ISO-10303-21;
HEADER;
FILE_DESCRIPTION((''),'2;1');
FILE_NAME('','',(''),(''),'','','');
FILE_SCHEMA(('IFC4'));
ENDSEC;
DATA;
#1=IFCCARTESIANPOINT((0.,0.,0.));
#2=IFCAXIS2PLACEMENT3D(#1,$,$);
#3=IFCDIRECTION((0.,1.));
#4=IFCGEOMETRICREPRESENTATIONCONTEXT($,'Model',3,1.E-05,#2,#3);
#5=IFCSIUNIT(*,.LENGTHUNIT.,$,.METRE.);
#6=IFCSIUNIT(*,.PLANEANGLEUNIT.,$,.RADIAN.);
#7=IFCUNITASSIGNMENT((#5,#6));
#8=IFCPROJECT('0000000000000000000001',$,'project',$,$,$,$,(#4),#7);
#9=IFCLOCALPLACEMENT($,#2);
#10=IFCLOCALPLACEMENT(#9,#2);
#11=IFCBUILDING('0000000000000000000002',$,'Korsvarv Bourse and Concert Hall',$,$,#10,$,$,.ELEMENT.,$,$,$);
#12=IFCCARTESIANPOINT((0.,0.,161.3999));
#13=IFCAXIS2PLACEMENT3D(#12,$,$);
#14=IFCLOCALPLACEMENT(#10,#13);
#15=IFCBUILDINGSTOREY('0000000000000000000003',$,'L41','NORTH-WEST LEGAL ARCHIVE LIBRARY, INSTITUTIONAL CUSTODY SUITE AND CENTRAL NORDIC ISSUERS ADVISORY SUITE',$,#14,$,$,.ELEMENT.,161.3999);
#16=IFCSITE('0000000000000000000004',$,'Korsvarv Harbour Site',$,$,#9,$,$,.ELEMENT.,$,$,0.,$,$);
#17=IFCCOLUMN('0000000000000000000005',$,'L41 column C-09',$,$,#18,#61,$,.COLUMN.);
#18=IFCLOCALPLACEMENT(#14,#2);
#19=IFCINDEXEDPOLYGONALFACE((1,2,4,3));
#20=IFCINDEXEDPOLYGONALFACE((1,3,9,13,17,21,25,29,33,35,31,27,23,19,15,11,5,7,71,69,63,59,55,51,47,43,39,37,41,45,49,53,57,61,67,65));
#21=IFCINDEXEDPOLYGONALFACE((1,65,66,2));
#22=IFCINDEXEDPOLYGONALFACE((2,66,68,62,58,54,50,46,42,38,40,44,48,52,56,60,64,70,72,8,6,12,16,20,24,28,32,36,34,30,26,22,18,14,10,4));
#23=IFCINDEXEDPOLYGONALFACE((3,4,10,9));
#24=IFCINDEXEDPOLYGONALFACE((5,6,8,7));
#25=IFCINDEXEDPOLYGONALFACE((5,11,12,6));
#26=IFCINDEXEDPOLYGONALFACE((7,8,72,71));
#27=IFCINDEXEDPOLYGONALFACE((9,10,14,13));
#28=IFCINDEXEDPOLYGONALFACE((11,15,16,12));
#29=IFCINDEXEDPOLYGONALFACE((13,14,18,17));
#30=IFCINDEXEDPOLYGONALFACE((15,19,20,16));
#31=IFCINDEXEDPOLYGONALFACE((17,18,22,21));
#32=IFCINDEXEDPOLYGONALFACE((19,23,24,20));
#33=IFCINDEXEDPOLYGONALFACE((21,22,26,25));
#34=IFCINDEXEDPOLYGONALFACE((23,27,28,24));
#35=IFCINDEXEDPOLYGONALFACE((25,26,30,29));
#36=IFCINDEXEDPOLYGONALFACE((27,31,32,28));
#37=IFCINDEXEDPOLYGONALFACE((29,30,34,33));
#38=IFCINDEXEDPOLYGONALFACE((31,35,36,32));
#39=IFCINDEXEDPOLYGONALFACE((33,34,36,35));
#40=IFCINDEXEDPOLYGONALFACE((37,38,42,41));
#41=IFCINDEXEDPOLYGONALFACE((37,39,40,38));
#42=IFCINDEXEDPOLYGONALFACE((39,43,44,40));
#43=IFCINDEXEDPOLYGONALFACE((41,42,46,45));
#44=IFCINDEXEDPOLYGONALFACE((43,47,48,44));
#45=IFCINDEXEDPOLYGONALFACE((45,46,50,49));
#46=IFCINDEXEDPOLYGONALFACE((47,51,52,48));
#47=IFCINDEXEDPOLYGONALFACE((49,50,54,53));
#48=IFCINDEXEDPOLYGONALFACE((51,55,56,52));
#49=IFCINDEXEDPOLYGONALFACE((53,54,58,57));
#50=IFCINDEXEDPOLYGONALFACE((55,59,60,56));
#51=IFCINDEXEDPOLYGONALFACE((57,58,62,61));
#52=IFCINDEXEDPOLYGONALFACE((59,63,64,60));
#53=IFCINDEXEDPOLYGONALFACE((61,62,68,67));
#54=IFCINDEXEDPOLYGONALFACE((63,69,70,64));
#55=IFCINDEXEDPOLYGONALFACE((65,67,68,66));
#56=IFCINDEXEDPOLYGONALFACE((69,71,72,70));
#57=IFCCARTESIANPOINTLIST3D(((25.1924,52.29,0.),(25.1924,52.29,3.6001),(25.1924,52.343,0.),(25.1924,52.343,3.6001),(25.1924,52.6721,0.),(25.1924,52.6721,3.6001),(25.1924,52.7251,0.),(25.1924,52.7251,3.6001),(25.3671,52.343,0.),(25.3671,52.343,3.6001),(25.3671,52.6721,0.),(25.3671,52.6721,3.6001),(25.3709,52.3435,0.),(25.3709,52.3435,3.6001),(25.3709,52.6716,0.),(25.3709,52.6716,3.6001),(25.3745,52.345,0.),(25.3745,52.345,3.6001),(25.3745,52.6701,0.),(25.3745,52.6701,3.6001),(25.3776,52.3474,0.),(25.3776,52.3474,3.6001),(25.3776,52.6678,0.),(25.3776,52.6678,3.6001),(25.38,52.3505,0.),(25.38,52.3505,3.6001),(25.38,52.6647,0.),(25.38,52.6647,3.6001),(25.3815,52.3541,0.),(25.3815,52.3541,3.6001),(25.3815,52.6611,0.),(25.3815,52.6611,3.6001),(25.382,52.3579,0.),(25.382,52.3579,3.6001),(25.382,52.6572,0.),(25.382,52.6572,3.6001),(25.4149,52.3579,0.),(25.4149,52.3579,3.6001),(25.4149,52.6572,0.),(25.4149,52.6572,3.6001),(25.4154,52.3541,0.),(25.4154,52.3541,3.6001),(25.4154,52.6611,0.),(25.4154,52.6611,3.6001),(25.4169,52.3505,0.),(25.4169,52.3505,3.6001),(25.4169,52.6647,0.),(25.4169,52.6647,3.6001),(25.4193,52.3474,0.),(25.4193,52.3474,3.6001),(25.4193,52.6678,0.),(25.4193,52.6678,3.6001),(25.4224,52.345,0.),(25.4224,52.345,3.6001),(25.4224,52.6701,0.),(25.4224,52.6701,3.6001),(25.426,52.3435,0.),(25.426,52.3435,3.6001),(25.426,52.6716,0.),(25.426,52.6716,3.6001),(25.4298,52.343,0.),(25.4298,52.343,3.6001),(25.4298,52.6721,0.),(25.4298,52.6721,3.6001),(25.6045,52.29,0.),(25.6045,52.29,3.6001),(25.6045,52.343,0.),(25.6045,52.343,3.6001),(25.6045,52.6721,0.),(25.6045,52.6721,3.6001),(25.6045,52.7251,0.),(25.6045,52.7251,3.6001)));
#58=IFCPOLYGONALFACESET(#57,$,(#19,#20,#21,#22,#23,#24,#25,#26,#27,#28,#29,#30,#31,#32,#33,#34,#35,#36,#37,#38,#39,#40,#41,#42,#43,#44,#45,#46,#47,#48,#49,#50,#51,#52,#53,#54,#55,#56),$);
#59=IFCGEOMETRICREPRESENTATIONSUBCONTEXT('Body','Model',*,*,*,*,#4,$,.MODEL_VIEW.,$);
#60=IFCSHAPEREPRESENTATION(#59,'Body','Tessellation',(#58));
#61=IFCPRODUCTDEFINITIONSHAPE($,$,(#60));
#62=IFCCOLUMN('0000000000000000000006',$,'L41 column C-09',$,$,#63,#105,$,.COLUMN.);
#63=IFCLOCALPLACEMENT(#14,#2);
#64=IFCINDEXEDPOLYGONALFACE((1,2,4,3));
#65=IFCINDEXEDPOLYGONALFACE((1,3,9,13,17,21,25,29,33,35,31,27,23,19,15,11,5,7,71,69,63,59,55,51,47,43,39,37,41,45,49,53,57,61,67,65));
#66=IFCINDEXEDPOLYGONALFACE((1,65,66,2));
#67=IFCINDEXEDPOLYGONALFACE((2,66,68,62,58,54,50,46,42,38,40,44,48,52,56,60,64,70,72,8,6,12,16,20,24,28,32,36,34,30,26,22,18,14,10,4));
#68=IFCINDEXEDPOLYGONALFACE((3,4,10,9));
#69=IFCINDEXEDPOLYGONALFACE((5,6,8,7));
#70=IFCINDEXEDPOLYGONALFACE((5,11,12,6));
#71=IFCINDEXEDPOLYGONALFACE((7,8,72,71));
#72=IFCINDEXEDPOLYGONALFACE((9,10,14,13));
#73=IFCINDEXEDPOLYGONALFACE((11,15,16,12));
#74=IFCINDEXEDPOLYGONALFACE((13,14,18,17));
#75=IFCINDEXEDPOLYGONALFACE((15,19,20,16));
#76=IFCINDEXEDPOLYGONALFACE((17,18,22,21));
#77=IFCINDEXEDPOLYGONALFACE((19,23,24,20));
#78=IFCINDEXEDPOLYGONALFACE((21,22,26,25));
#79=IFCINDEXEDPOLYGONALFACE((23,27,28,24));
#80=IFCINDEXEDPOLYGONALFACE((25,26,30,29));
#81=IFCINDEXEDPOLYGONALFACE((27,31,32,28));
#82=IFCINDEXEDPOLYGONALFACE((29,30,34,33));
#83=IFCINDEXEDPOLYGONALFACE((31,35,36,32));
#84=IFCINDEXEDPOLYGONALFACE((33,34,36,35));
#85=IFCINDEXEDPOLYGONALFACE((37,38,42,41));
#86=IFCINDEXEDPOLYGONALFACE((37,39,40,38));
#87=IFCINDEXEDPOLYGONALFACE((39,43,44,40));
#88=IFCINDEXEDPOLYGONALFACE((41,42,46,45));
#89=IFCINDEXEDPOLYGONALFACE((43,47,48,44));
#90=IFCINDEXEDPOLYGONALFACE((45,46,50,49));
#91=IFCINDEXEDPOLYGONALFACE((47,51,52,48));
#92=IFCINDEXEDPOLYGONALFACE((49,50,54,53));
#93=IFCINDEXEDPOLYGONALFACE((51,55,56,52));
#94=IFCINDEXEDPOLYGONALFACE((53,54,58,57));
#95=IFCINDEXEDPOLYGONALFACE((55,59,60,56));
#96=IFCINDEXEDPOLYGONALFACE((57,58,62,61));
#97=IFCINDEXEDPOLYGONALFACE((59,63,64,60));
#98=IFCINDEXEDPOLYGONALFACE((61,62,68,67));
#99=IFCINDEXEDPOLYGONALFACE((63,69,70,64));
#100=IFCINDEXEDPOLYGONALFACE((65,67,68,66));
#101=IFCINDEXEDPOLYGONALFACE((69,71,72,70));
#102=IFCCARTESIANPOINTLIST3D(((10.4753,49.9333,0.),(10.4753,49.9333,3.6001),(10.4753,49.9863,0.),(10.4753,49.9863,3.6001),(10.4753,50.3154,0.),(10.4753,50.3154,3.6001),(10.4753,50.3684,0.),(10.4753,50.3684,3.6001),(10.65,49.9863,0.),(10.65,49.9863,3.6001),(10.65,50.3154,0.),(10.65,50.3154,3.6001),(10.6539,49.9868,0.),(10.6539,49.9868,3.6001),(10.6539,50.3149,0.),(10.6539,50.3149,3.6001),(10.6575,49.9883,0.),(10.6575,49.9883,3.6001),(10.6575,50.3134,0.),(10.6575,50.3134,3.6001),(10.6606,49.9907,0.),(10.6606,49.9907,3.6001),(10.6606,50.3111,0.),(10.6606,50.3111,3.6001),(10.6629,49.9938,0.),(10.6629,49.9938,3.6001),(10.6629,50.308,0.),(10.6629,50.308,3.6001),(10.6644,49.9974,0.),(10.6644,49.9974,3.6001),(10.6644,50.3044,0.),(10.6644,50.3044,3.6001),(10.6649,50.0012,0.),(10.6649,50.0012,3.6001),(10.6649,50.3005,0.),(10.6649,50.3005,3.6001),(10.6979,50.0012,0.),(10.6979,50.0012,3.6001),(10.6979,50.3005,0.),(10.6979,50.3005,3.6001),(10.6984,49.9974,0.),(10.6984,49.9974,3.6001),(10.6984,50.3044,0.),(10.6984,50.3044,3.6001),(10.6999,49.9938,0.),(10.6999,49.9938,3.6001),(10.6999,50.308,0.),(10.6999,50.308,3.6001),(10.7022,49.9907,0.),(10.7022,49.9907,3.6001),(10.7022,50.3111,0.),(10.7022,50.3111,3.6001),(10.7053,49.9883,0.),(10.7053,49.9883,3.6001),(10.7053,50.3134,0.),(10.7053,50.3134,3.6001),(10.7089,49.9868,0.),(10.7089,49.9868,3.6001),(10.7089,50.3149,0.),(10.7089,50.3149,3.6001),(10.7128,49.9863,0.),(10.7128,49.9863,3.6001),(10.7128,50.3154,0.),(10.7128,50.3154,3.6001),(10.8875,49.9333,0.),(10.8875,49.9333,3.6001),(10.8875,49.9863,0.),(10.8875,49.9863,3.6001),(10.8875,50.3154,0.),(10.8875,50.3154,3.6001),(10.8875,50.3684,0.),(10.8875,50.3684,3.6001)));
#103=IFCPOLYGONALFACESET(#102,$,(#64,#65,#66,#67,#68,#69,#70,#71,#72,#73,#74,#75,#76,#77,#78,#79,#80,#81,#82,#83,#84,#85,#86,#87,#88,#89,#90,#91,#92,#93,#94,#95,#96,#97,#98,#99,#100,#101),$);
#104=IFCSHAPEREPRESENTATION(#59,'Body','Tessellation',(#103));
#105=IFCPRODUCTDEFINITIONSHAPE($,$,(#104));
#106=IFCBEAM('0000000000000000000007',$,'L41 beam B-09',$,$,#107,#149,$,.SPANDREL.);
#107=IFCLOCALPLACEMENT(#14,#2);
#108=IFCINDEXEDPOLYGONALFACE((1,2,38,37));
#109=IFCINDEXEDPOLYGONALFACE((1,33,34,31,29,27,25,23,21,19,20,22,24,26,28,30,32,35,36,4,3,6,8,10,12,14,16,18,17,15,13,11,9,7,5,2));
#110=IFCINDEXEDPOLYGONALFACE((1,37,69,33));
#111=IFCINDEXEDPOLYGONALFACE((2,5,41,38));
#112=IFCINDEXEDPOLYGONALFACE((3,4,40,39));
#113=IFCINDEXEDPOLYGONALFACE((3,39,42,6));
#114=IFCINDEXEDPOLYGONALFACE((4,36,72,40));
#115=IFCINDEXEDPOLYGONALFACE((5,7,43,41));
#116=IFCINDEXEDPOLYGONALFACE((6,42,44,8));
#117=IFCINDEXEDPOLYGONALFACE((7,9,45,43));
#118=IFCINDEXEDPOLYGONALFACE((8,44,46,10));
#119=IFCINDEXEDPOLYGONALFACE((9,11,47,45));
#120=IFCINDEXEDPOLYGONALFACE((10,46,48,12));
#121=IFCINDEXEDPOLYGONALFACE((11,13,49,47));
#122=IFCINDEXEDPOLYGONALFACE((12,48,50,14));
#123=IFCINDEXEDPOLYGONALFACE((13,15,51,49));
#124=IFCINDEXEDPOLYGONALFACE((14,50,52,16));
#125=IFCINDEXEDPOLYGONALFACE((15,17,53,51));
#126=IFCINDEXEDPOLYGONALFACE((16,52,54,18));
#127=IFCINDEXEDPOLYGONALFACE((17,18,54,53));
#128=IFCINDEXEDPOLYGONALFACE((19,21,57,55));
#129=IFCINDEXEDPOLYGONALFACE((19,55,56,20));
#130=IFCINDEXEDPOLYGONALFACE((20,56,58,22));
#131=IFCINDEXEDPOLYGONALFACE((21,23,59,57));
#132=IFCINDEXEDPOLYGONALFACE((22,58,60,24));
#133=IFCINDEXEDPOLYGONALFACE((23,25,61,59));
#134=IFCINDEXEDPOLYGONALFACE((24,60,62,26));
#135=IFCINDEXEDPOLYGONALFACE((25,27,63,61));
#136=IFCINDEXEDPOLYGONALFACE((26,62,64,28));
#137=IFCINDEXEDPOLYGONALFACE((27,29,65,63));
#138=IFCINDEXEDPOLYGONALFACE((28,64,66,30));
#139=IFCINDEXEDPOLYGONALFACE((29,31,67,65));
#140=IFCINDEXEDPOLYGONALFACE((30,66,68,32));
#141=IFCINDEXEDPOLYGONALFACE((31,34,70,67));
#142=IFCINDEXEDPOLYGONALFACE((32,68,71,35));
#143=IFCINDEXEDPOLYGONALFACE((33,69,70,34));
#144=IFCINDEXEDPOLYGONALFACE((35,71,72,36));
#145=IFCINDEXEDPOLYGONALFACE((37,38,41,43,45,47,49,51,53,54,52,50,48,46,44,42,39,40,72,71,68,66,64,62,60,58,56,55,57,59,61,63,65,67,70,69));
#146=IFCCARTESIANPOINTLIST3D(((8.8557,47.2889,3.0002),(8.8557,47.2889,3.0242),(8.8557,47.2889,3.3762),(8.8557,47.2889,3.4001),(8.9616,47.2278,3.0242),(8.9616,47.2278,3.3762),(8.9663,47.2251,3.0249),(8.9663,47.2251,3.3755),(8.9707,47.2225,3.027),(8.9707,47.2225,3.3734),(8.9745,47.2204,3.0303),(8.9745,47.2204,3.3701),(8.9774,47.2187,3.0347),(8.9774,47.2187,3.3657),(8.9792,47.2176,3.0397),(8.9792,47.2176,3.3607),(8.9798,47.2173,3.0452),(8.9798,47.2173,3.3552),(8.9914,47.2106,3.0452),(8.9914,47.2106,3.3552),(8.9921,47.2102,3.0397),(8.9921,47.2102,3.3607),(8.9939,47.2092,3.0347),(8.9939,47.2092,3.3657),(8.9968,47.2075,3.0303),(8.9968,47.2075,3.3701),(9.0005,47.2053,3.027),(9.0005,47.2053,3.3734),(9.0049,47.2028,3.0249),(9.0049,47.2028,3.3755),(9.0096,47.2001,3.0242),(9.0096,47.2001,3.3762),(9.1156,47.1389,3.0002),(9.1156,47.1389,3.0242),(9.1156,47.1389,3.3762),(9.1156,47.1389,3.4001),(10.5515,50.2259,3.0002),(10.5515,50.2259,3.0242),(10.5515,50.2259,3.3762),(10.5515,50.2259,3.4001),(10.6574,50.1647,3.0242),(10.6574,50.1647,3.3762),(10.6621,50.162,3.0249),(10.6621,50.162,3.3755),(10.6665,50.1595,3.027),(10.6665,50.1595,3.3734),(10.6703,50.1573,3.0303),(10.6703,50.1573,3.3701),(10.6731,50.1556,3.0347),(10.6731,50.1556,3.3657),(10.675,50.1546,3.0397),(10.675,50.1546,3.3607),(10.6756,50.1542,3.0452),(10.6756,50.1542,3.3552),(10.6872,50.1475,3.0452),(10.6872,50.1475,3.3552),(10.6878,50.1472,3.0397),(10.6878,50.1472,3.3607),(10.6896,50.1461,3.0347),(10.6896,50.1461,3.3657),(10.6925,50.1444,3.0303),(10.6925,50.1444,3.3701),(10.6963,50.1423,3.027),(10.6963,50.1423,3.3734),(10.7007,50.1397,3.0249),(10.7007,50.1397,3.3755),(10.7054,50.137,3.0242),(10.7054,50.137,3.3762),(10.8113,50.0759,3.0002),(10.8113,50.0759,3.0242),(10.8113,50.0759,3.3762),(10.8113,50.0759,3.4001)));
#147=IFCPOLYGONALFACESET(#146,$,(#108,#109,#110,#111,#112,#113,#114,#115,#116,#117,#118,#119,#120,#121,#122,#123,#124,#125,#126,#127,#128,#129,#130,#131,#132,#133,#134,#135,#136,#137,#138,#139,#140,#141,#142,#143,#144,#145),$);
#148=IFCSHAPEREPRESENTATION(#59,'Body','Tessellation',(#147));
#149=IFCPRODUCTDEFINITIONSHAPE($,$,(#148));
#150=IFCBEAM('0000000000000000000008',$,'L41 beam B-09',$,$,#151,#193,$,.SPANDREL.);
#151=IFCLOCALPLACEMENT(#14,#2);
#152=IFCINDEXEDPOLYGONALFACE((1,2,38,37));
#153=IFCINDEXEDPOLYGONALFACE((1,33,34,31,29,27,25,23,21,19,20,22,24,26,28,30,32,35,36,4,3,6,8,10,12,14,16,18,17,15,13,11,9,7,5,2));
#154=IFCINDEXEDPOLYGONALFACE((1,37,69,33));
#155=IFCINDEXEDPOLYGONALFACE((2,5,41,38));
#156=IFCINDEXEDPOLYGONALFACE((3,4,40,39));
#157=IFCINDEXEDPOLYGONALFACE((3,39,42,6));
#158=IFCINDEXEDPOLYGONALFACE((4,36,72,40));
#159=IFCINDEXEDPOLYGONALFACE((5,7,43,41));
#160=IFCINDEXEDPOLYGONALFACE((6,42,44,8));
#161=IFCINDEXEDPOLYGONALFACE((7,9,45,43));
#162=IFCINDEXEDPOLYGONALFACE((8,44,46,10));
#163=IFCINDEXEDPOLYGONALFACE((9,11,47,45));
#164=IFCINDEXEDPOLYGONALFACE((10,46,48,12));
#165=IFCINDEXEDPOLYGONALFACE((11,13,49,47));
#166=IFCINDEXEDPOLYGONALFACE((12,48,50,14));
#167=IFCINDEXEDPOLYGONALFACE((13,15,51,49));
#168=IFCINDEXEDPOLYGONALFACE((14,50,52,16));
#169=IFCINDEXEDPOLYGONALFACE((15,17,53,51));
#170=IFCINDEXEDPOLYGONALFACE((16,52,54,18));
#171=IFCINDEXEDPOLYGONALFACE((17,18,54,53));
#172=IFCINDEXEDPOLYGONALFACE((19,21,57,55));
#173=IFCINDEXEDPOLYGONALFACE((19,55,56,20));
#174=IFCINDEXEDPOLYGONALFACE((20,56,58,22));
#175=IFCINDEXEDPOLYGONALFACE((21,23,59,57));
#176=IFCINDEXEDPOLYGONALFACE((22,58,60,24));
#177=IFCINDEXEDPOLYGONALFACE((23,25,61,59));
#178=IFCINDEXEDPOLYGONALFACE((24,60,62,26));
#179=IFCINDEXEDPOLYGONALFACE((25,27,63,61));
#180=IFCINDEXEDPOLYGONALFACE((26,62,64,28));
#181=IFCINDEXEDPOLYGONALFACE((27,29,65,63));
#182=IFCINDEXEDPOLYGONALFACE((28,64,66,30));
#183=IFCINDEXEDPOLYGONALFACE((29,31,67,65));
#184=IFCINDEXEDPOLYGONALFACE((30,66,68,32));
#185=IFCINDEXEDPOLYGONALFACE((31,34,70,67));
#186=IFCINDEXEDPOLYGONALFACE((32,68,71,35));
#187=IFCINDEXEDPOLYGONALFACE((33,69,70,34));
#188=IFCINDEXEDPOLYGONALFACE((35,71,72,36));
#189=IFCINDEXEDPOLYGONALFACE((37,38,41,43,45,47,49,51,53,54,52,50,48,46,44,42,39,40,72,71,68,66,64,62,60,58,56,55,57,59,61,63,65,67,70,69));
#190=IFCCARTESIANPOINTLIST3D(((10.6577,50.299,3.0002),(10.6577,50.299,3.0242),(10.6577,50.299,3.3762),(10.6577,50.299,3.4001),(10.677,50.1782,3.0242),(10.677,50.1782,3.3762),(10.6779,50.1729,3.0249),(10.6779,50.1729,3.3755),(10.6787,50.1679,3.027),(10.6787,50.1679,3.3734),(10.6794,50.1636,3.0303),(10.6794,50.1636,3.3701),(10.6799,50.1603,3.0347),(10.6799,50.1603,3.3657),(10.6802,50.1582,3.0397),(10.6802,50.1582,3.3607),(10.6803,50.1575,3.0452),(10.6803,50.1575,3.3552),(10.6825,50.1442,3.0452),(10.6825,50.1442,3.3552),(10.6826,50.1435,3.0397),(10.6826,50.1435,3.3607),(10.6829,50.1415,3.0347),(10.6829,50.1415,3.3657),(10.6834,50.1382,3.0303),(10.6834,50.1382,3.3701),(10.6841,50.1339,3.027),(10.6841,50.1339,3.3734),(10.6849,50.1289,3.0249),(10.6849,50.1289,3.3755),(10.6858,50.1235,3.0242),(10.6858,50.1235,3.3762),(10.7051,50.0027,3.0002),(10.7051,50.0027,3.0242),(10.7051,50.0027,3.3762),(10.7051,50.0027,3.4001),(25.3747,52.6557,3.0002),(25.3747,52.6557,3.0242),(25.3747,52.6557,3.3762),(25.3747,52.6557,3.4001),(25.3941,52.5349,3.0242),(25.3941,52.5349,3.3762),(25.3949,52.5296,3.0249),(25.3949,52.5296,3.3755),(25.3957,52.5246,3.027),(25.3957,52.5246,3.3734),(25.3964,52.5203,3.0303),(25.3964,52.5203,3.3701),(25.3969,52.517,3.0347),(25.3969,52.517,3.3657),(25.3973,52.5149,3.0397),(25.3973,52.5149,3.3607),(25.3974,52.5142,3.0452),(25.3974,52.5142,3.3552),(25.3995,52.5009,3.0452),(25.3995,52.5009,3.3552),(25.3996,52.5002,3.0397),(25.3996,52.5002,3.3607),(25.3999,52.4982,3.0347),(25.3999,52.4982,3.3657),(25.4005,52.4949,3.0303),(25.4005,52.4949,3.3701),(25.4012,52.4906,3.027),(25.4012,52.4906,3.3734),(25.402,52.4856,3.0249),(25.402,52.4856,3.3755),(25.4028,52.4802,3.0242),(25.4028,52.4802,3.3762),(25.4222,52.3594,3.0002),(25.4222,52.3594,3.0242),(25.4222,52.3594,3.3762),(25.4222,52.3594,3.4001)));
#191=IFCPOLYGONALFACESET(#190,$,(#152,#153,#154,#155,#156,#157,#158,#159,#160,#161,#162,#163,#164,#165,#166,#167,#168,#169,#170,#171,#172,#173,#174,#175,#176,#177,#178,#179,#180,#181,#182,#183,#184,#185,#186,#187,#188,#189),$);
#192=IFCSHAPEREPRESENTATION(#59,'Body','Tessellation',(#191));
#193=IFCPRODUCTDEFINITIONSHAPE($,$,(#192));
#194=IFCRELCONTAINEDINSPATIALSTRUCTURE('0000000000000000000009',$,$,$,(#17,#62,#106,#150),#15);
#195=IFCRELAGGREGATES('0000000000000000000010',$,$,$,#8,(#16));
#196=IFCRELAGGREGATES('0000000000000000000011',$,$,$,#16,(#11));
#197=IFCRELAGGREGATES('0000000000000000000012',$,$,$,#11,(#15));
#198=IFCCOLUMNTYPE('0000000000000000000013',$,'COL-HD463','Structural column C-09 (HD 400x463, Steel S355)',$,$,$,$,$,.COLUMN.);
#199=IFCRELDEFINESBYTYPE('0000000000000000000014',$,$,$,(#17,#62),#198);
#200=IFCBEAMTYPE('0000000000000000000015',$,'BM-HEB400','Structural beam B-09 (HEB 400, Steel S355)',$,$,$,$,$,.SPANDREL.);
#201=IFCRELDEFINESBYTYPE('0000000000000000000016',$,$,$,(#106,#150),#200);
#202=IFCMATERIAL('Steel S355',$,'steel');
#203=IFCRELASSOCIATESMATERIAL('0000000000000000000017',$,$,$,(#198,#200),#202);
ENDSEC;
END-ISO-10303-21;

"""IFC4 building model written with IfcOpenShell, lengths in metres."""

from ifc_helpers import new_model, si_unit, direction, frame, origin, origin_2d, place, context, subcontext, project, spatial, i_section, extrude, source, transform, mapped, material, material_profile, profile_set, type_object, element, save


model = new_model("IFC4")

# Units and contexts
model_context = context("Model", 3, precision=1e-05, world=origin(), true_north=direction((0.0, 1.0)))
body_context = subcontext(model_context, "Body", "Model", "MODEL_VIEW")
ifc_project = project(units=[si_unit("LENGTHUNIT", "METRE"), si_unit("PLANEANGLEUNIT", "RADIAN")], contexts=[model_context])

# Site, building, storey
site_placement = place(None, origin())
site = spatial("IfcSite", under=ifc_project, at=site_placement, Name="Korsvarv Harbour Site", CompositionType="ELEMENT", RefElevation=0.0)
building_placement = place(site_placement, origin())
building = spatial("IfcBuilding", under=site, at=building_placement, Name="Korsvarv Bourse and Concert Hall", CompositionType="ELEMENT")
storey_placement = place(building_placement, frame((0.0, 0.0, 161.3999)))
storey = spatial("IfcBuildingStorey", under=building, at=storey_placement, Name="L41", Description="NORTH-WEST LEGAL ARCHIVE LIBRARY, INSTITUTIONAL CUSTODY SUITE AND CENTRAL NORDIC ISSUERS ADVISORY SUITE", CompositionType="ELEMENT", Elevation=161.3999)

# Columns
ifc_material_1 = material(Name="Steel S355", Category="steel")
ifc_material_profile_1 = material_profile(ifc_material_1, i_section(OverallWidth=0.4121, OverallDepth=0.4351, WebThickness=0.033, FlangeThickness=0.053, FilletRadius=0.0149, at=origin_2d()), Name="HD 400x463")
ifc_profile_set_1 = profile_set([ifc_material_profile_1], Name="Steel S355")
column_type = type_object("IfcColumnType", Name="COL-HD463", Description="Structural column C-09 (HD 400x463, Steel S355)", PredefinedType="COLUMN", material=ifc_profile_set_1)
shared_shape_1 = source(origin(), body_context, "Body", "SweptSolid", [
    extrude(i_section(OverallWidth=0.4121, OverallDepth=0.4351, WebThickness=0.033, FlangeThickness=0.053, FilletRadius=0.0149, at=origin_2d()), origin(), (0.0, 0.0, 1.0), 3.6001),
])
for number, where, z_axis, x_axis, name in (
    (1, (25.3984, 52.5076, 0.0), (0.0, 0.0, 1.0), (1.0, 0.0, 0.0), "L41 column C-09"),
    (2, (10.6814, 50.1509, 0.0), (0.0, 0.0, 1.0), (1.0, 0.0, 0.0), "L41 column C-09"),
):
    element("IfcColumn", number, at=place(storey_placement, frame(where, z_axis=z_axis, x_axis=x_axis)), inside=storey, type_object=column_type, Name=name, PredefinedType="COLUMN", context=body_context, shape_type="MappedRepresentation", body=[
        mapped(shared_shape_1, transform((0.0, 0.0, 0.0), scale=1.0)),
    ])

# Beams
ifc_material_profile_2 = material_profile(ifc_material_1, i_section(OverallWidth=0.3, OverallDepth=0.3999, WebThickness=0.0134, FlangeThickness=0.0239, FilletRadius=0.021, at=origin_2d()), Name="HEB 400")
ifc_profile_set_2 = profile_set([ifc_material_profile_2], Name="Steel S355")
beam_type_1 = type_object("IfcBeamType", Name="BM-HEB400", Description="Structural beam B-09 (HEB 400, Steel S355)", PredefinedType="SPANDREL", material=ifc_profile_set_2)
shared_shape_2 = source(origin(), body_context, "Body", "SweptSolid", [
    extrude(i_section(OverallWidth=0.3, OverallDepth=0.3999, WebThickness=0.0134, FlangeThickness=0.0239, FilletRadius=0.021, at=origin_2d()), origin(), (0.0, 0.0, 1.0), 3.3914),
])
beam_1_placement = place(storey_placement, frame((10.6814, 50.1509, 3.2002), z_axis=(-0.500026, -0.866011, 0.0), x_axis=(0.866011, -0.500026, 0.0)))
element("IfcBeam", 3, at=beam_1_placement, inside=storey, type_object=beam_type_1, Name="L41 beam B-09", PredefinedType="SPANDREL", context=body_context, shape_type="MappedRepresentation", body=[
    mapped(shared_shape_2, transform((0.0, 0.0, 0.0), scale=1.0)),
])
shared_shape_3 = source(origin(), body_context, "Body", "SweptSolid", [
    extrude(i_section(OverallWidth=0.3, OverallDepth=0.3999, WebThickness=0.0134, FlangeThickness=0.0239, FilletRadius=0.021, at=origin_2d()), origin(), (0.0, 0.0, 1.0), 14.9045),
])
beam_2_placement = place(storey_placement, frame((25.3984, 52.5076, 3.2002), z_axis=(-0.98742, -0.158119, 0.0), x_axis=(0.158119, -0.98742, 0.0)))
element("IfcBeam", 4, at=beam_2_placement, inside=storey, type_object=beam_type_1, Name="L41 beam B-09", PredefinedType="SPANDREL", context=body_context, shape_type="MappedRepresentation", body=[
    mapped(shared_shape_3, transform((0.0, 0.0, 0.0), scale=1.0)),
])

save(model, "model.ifc")
